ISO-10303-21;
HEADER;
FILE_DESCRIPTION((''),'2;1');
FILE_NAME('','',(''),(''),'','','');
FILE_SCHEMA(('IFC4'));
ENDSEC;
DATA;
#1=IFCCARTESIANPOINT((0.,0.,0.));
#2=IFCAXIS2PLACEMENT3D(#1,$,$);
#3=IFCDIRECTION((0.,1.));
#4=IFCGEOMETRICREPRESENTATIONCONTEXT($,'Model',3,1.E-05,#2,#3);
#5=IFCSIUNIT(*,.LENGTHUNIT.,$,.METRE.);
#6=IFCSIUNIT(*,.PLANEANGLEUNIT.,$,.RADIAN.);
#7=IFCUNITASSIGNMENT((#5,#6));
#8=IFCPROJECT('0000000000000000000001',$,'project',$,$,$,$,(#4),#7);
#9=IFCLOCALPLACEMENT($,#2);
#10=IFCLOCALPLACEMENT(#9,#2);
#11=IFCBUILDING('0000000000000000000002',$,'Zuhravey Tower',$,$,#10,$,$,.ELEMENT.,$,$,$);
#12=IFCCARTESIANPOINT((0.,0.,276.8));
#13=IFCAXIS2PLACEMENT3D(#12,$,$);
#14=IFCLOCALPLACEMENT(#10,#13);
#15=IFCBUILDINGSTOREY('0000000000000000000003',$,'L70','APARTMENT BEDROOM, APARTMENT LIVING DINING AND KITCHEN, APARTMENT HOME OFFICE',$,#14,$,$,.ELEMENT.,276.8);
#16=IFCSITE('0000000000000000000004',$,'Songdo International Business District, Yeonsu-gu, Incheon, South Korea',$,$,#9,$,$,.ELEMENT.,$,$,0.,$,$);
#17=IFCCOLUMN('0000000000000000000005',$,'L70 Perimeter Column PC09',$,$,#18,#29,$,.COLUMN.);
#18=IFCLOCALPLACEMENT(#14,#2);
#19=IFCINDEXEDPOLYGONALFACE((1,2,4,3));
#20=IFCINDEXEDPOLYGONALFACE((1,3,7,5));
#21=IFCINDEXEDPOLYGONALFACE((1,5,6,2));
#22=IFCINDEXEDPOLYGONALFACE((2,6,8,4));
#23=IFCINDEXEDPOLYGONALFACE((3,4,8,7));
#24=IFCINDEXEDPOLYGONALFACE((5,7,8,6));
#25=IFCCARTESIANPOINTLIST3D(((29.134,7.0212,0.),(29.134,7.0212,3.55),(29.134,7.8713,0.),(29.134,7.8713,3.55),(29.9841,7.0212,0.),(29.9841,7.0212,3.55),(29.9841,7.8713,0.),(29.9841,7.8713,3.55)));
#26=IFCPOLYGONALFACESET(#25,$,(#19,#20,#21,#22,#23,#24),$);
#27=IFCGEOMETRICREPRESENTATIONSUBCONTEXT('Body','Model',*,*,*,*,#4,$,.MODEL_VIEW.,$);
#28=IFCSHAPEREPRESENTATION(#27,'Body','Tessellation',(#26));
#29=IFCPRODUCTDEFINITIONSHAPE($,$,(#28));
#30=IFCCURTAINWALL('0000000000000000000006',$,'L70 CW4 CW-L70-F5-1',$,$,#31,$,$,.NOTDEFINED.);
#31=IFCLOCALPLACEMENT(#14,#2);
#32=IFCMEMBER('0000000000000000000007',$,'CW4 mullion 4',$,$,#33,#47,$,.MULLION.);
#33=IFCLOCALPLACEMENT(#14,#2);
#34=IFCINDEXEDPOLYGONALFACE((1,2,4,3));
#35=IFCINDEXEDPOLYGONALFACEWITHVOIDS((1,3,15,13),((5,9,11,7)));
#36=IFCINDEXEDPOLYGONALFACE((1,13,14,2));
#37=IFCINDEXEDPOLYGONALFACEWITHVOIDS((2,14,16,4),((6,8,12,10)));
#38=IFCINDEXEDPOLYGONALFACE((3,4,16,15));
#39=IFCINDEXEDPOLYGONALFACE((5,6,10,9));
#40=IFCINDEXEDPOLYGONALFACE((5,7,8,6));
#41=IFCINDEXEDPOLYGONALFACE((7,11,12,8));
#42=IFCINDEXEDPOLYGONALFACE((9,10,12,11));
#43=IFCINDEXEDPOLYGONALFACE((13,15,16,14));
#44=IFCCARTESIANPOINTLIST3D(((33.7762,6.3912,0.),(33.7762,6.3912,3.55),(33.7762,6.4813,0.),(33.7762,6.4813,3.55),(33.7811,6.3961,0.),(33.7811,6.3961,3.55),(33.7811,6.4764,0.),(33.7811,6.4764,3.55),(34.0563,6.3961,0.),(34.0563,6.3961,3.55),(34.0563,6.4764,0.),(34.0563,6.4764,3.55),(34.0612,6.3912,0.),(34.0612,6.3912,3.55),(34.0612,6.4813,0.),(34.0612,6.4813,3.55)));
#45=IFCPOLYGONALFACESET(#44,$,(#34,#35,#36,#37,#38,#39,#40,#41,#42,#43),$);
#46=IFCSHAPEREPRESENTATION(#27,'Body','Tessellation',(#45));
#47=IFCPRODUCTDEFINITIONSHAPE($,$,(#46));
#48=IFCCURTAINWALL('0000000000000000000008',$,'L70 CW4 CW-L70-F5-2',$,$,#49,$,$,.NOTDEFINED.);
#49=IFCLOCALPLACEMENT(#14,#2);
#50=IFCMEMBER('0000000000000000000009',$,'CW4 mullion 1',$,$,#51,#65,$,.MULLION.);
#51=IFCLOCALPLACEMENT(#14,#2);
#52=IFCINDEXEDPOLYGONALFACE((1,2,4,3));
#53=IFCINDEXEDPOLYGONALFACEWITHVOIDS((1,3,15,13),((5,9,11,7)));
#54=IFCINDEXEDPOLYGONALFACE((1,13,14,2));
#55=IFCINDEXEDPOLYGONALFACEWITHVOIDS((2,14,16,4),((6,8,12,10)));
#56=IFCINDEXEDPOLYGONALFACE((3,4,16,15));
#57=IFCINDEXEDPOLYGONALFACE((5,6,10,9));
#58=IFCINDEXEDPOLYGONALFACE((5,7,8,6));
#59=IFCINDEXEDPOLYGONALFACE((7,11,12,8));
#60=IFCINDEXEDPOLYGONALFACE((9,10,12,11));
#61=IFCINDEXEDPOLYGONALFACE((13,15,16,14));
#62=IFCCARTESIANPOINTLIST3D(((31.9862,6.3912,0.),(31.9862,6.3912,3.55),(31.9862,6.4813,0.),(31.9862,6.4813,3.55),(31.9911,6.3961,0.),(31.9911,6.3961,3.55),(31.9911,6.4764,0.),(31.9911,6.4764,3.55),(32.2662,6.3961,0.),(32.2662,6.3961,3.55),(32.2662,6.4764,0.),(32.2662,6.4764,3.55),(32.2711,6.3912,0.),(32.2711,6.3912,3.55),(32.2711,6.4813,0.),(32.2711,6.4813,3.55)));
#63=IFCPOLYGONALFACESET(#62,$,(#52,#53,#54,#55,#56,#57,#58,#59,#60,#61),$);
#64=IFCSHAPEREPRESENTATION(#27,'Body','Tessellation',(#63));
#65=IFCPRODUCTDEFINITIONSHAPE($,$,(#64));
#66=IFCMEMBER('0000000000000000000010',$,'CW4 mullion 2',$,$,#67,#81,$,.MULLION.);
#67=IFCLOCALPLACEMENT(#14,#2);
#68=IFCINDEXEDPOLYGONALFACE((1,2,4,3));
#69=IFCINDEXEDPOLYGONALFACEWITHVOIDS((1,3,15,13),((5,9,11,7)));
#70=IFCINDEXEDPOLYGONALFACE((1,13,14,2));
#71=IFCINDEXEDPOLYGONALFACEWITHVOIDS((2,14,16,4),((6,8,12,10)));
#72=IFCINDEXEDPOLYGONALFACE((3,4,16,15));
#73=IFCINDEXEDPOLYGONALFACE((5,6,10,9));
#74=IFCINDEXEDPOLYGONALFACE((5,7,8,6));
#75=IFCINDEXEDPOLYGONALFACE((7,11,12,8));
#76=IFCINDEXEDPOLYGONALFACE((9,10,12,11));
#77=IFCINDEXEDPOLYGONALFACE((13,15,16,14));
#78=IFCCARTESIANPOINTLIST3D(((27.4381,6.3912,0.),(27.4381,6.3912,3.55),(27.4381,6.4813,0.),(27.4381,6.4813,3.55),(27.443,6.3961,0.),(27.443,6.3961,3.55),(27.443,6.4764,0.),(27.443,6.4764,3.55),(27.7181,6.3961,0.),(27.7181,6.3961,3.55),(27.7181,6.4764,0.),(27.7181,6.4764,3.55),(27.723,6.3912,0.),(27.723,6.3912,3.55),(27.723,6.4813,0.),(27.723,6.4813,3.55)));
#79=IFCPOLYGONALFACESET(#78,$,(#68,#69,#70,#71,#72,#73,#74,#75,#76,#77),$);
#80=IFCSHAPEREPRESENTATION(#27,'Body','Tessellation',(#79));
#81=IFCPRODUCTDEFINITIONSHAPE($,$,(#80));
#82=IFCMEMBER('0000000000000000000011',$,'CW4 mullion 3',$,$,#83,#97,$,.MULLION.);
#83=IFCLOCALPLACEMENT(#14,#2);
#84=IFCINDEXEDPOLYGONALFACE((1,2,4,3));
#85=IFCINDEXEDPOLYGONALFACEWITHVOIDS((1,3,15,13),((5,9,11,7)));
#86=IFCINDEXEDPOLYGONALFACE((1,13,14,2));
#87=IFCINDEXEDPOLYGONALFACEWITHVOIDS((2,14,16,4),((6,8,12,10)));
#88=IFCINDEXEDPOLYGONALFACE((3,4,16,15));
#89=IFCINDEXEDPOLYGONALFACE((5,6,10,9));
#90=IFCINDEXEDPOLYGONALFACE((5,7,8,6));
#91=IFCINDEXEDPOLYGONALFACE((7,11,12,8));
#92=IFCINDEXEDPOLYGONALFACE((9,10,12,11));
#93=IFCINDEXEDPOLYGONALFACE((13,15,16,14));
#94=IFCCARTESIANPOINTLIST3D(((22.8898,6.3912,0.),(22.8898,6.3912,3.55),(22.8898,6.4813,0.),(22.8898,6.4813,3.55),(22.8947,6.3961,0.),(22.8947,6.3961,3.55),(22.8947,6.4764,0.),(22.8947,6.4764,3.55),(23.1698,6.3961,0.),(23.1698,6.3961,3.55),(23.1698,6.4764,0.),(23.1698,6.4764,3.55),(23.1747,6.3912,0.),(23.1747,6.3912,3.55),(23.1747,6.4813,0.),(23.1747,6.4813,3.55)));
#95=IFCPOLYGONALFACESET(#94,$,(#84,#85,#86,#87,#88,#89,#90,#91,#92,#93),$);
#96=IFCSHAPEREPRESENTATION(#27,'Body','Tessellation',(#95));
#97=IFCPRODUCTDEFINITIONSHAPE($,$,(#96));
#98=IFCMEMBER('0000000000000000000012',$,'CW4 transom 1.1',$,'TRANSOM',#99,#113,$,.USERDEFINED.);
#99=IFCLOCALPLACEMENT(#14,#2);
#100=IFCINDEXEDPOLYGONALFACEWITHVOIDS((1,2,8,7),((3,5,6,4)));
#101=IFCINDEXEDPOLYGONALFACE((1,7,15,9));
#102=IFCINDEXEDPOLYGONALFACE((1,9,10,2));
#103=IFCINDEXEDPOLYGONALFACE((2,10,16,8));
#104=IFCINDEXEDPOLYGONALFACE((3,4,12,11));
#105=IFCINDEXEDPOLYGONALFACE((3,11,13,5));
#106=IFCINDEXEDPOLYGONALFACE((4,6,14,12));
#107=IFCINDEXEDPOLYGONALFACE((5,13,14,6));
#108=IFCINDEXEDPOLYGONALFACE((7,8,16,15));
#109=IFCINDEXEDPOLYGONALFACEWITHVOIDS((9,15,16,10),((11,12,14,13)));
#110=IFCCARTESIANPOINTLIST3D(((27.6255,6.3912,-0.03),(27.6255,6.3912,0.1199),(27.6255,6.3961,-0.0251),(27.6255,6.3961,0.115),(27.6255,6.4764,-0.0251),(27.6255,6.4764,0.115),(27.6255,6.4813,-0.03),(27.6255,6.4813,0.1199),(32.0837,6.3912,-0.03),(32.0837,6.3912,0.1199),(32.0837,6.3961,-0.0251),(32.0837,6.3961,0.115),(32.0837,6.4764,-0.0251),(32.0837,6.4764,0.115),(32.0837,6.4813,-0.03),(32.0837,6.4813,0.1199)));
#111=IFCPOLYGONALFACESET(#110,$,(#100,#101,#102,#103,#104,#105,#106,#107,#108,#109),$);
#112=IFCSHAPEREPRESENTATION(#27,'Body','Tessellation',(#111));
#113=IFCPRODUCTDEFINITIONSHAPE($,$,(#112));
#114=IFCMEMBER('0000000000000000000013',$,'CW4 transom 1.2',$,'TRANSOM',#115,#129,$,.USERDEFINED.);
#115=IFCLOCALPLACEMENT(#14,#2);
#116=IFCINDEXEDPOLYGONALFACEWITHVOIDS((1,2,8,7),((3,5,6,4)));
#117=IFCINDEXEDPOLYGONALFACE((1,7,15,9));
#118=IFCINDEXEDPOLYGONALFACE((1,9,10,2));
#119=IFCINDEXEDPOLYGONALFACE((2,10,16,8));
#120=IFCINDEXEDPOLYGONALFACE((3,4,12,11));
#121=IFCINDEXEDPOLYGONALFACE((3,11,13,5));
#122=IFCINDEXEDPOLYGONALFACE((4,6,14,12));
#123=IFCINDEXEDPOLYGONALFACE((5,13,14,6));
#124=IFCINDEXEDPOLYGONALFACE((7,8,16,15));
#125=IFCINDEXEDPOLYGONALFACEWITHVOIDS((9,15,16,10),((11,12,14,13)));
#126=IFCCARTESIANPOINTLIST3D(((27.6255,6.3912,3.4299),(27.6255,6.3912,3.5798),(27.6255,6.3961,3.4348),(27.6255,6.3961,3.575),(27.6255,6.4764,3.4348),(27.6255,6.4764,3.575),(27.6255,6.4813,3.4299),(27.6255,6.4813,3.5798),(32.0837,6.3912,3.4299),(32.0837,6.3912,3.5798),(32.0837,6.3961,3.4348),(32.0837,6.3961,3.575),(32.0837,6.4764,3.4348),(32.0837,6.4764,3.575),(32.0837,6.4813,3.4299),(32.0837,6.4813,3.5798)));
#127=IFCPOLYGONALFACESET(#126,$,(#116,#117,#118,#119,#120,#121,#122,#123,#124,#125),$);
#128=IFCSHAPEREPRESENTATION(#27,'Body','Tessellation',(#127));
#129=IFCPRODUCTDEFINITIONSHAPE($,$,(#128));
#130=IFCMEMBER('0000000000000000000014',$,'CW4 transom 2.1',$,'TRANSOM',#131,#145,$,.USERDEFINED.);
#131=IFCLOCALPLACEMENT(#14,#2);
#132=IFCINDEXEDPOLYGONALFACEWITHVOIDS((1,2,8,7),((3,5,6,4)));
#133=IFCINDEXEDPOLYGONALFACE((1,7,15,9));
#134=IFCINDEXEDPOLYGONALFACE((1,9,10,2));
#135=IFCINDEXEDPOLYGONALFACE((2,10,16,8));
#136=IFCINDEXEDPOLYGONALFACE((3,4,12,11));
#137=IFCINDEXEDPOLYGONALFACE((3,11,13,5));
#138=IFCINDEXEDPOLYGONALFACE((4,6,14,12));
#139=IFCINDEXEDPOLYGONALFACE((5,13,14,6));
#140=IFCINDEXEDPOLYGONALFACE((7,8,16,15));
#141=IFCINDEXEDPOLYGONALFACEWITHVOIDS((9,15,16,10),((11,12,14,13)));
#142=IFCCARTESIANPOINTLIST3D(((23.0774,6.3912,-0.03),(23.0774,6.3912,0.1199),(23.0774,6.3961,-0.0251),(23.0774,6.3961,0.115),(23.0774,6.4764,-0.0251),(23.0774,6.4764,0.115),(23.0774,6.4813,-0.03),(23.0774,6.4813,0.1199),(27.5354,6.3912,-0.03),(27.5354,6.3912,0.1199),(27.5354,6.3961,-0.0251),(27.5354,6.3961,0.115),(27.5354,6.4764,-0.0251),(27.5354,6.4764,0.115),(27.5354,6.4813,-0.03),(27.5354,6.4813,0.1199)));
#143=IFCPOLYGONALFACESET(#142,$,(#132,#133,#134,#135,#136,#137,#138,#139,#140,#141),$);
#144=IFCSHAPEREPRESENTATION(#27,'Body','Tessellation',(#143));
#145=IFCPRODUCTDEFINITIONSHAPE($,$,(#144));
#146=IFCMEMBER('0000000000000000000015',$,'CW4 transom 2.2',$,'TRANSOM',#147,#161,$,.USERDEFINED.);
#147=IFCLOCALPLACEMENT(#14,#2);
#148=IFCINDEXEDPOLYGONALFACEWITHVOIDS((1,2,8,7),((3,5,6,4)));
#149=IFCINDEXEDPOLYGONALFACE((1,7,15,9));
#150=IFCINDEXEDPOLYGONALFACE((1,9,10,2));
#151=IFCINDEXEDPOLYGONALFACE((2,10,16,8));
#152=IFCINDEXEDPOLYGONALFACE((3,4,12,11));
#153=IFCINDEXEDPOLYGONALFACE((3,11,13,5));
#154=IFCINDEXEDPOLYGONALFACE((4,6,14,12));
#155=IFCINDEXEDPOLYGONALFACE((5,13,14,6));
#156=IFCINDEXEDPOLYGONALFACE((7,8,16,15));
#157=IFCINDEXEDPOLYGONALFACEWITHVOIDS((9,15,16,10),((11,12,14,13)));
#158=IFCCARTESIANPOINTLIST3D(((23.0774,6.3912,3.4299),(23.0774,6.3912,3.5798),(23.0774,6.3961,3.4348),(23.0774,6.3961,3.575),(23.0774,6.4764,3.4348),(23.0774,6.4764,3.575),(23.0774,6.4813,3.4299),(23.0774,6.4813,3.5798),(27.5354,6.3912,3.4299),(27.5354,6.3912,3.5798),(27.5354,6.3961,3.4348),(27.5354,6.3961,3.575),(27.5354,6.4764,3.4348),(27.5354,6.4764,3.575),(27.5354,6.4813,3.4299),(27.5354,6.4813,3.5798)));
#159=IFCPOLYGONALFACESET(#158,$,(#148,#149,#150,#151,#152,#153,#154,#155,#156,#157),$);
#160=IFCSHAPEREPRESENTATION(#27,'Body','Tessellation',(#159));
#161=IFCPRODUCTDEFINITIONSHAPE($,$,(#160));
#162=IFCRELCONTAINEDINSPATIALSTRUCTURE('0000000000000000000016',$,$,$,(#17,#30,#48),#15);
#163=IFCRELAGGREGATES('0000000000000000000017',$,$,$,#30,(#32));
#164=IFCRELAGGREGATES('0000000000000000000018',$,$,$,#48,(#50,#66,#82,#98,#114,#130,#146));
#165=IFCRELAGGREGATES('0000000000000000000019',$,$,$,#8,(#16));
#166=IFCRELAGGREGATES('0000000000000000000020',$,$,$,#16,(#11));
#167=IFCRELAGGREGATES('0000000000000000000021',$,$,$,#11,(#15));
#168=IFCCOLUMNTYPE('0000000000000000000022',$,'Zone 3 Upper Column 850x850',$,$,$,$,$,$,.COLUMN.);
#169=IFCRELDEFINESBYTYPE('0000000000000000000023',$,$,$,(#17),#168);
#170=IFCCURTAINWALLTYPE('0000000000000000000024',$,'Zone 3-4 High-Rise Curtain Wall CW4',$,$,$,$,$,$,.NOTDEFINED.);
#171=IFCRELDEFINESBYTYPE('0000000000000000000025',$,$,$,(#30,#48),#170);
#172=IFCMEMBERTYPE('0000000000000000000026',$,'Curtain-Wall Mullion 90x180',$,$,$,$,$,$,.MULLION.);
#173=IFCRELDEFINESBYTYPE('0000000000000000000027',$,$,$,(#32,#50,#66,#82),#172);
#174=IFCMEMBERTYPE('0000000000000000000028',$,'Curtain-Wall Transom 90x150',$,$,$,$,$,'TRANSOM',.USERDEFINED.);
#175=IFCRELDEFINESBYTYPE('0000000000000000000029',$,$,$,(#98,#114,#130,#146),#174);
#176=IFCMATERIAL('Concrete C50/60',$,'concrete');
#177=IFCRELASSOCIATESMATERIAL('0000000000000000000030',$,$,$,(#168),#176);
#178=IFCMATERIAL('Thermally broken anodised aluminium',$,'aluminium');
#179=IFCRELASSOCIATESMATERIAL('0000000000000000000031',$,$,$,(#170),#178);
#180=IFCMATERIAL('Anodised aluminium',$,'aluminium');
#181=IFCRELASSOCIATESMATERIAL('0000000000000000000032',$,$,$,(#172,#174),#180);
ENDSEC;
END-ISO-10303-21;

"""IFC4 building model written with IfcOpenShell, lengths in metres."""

from ifc_helpers import new_model, si_unit, direction, frame, origin, origin_2d, place, context, subcontext, project, spatial, rectangle, hollow_rectangle, extrude, material, material_profile, profile_set, type_object, element, aggregate, save


model = new_model("IFC4")

# Units and contexts
model_context = context("Model", 3, precision=1e-05, world=origin(), true_north=direction((0.0, 1.0)))
body_context = subcontext(model_context, "Body", "Model", "MODEL_VIEW")
ifc_project = project(units=[si_unit("LENGTHUNIT", "METRE"), si_unit("PLANEANGLEUNIT", "RADIAN")], contexts=[model_context])

# Site, building, storey
site_placement = place(None, origin())
site = spatial("IfcSite", under=ifc_project, at=site_placement, Name="Songdo International Business District, Yeonsu-gu, Incheon, South Korea", CompositionType="ELEMENT", RefElevation=0.0)
building_placement = place(site_placement, origin())
building = spatial("IfcBuilding", under=site, at=building_placement, Name="Zuhravey Tower", CompositionType="ELEMENT")
storey_placement = place(building_placement, frame((0.0, 0.0, 276.8)))
storey = spatial("IfcBuildingStorey", under=building, at=storey_placement, Name="L70", Description="APARTMENT BEDROOM, APARTMENT LIVING DINING AND KITCHEN, APARTMENT HOME OFFICE", CompositionType="ELEMENT", Elevation=276.8)

# Column
ifc_material_1 = material(Name="Concrete C50/60", Category="concrete")
ifc_material_profile_1 = material_profile(ifc_material_1, rectangle(XDim=0.8501, YDim=0.8501, at=origin_2d()), Name="RC-850x850")
ifc_profile_set_1 = profile_set([ifc_material_profile_1], Name="Concrete C50/60")
column_type = type_object("IfcColumnType", Name="Zone 3 Upper Column 850x850", PredefinedType="COLUMN", material=ifc_profile_set_1)
column_placement = place(storey_placement, frame((29.5591, 7.4463, 0.0), z_axis=(0.0, 0.0, 1.0), x_axis=(1.0, 0.0, 0.0)))
element("IfcColumn", 1, at=column_placement, inside=storey, type_object=column_type, Name="L70 Perimeter Column PC09", PredefinedType="COLUMN", context=body_context, shape_type="SweptSolid", body=[
    extrude(rectangle(XDim=0.8501, YDim=0.8501, at=origin_2d()), origin(), (0.0, 0.0, 1.0), 3.55),
])

# Curtain wall, member
ifc_material_2 = material(Name="Thermally broken anodised aluminium", Category="aluminium")
curtain_wall_type = type_object("IfcCurtainWallType", Name="Zone 3-4 High-Rise Curtain Wall CW4", PredefinedType="NOTDEFINED", material=ifc_material_2)
curtain_wall_1_placement = place(storey_placement, origin())
curtain_wall_1 = element("IfcCurtainWall", 2, at=curtain_wall_1_placement, inside=storey, type_object=curtain_wall_type, Name="L70 CW4 CW-L70-F5-1", PredefinedType="NOTDEFINED")
ifc_material_3 = material(Name="Anodised aluminium", Category="aluminium")
ifc_material_profile_2 = material_profile(ifc_material_3, hollow_rectangle(XDim=0.0901, YDim=0.2849, WallThickness=0.0049, at=origin_2d()), Name="ALU-RHS-90x285x5")
ifc_profile_set_2 = profile_set([ifc_material_profile_2], Name="Anodised aluminium")
member_type_1 = type_object("IfcMemberType", Name="Curtain-Wall Mullion 90x180", PredefinedType="MULLION", material=ifc_profile_set_2)
member_1_placement = place(storey_placement, frame((33.9187, 6.4363, 0.0), z_axis=(0.0, 0.0, 1.0), x_axis=(0.0, -1.0, 0.0)))
member_1 = element("IfcMember", 3, at=member_1_placement, type_object=member_type_1, Name="CW4 mullion 4", PredefinedType="MULLION", context=body_context, shape_type="SweptSolid", body=[
    extrude(hollow_rectangle(XDim=0.0901, YDim=0.2849, WallThickness=0.0049, at=origin_2d()), origin(), (0.0, 0.0, 1.0), 3.55),
])
aggregate(curtain_wall_1, [member_1])

# Curtain wall, members
curtain_wall_2_placement = place(storey_placement, origin())
curtain_wall_2 = element("IfcCurtainWall", 4, at=curtain_wall_2_placement, inside=storey, type_object=curtain_wall_type, Name="L70 CW4 CW-L70-F5-2", PredefinedType="NOTDEFINED")
member_2_placement = place(storey_placement, frame((32.1287, 6.4363, 0.0), z_axis=(0.0, 0.0, 1.0), x_axis=(0.0, -1.0, 0.0)))
member_2 = element("IfcMember", 5, at=member_2_placement, type_object=member_type_1, Name="CW4 mullion 1", PredefinedType="MULLION", context=body_context, shape_type="SweptSolid", body=[
    extrude(hollow_rectangle(XDim=0.0901, YDim=0.2849, WallThickness=0.0049, at=origin_2d()), origin(), (0.0, 0.0, 1.0), 3.55),
])
member_3_placement = place(storey_placement, frame((27.5806, 6.4363, 0.0), z_axis=(0.0, 0.0, 1.0), x_axis=(0.0, -1.0, 0.0)))
member_3 = element("IfcMember", 6, at=member_3_placement, type_object=member_type_1, Name="CW4 mullion 2", PredefinedType="MULLION", context=body_context, shape_type="SweptSolid", body=[
    extrude(hollow_rectangle(XDim=0.0901, YDim=0.2849, WallThickness=0.0049, at=origin_2d()), origin(), (0.0, 0.0, 1.0), 3.55),
])
member_4_placement = place(storey_placement, frame((23.0322, 6.4363, 0.0), z_axis=(0.0, 0.0, 1.0), x_axis=(0.0, -1.0, 0.0)))
member_4 = element("IfcMember", 7, at=member_4_placement, type_object=member_type_1, Name="CW4 mullion 3", PredefinedType="MULLION", context=body_context, shape_type="SweptSolid", body=[
    extrude(hollow_rectangle(XDim=0.0901, YDim=0.2849, WallThickness=0.0049, at=origin_2d()), origin(), (0.0, 0.0, 1.0), 3.55),
])
ifc_material_profile_3 = material_profile(ifc_material_3, hollow_rectangle(XDim=0.0901, YDim=0.1499, WallThickness=0.0049, at=origin_2d()), Name="ALU-RHS-90x150x5")
ifc_profile_set_3 = profile_set([ifc_material_profile_3], Name="Anodised aluminium")
member_type_2 = type_object("IfcMemberType", Name="Curtain-Wall Transom 90x150", ElementType="TRANSOM", PredefinedType="USERDEFINED", material=ifc_profile_set_3)
member_5_placement = place(storey_placement, frame((32.0837, 6.4363, 0.0449), z_axis=(-1.0, 0.0, 0.0), x_axis=(0.0, -1.0, 0.0)))
member_5 = element("IfcMember", 8, at=member_5_placement, type_object=member_type_2, Name="CW4 transom 1.1", ObjectType="TRANSOM", PredefinedType="USERDEFINED", context=body_context, shape_type="SweptSolid", body=[
    extrude(hollow_rectangle(XDim=0.0901, YDim=0.1499, WallThickness=0.0049, at=origin_2d()), origin(), (0.0, 0.0, 1.0), 4.4583),
])
member_6_placement = place(storey_placement, frame((32.0837, 6.4363, 3.5049), z_axis=(-1.0, 0.0, 0.0), x_axis=(0.0, -1.0, 0.0)))
member_6 = element("IfcMember", 9, at=member_6_placement, type_object=member_type_2, Name="CW4 transom 1.2", ObjectType="TRANSOM", PredefinedType="USERDEFINED", context=body_context, shape_type="SweptSolid", body=[
    extrude(hollow_rectangle(XDim=0.0901, YDim=0.1499, WallThickness=0.0049, at=origin_2d()), origin(), (0.0, 0.0, 1.0), 4.4583),
])
member_7_placement = place(storey_placement, frame((27.5354, 6.4363, 0.0449), z_axis=(-1.0, 0.0, 0.0), x_axis=(0.0, -1.0, 0.0)))
member_7 = element("IfcMember", 10, at=member_7_placement, type_object=member_type_2, Name="CW4 transom 2.1", ObjectType="TRANSOM", PredefinedType="USERDEFINED", context=body_context, shape_type="SweptSolid", body=[
    extrude(hollow_rectangle(XDim=0.0901, YDim=0.1499, WallThickness=0.0049, at=origin_2d()), origin(), (0.0, 0.0, 1.0), 4.458),
])
member_8_placement = place(storey_placement, frame((27.5354, 6.4363, 3.5049), z_axis=(-1.0, 0.0, 0.0), x_axis=(0.0, -1.0, 0.0)))
member_8 = element("IfcMember", 11, at=member_8_placement, type_object=member_type_2, Name="CW4 transom 2.2", ObjectType="TRANSOM", PredefinedType="USERDEFINED", context=body_context, shape_type="SweptSolid", body=[
    extrude(hollow_rectangle(XDim=0.0901, YDim=0.1499, WallThickness=0.0049, at=origin_2d()), origin(), (0.0, 0.0, 1.0), 4.458),
])

aggregate(curtain_wall_2, [member_2, member_3, member_4, member_5, member_6, member_7, member_8])

save(model, "model.ifc")
